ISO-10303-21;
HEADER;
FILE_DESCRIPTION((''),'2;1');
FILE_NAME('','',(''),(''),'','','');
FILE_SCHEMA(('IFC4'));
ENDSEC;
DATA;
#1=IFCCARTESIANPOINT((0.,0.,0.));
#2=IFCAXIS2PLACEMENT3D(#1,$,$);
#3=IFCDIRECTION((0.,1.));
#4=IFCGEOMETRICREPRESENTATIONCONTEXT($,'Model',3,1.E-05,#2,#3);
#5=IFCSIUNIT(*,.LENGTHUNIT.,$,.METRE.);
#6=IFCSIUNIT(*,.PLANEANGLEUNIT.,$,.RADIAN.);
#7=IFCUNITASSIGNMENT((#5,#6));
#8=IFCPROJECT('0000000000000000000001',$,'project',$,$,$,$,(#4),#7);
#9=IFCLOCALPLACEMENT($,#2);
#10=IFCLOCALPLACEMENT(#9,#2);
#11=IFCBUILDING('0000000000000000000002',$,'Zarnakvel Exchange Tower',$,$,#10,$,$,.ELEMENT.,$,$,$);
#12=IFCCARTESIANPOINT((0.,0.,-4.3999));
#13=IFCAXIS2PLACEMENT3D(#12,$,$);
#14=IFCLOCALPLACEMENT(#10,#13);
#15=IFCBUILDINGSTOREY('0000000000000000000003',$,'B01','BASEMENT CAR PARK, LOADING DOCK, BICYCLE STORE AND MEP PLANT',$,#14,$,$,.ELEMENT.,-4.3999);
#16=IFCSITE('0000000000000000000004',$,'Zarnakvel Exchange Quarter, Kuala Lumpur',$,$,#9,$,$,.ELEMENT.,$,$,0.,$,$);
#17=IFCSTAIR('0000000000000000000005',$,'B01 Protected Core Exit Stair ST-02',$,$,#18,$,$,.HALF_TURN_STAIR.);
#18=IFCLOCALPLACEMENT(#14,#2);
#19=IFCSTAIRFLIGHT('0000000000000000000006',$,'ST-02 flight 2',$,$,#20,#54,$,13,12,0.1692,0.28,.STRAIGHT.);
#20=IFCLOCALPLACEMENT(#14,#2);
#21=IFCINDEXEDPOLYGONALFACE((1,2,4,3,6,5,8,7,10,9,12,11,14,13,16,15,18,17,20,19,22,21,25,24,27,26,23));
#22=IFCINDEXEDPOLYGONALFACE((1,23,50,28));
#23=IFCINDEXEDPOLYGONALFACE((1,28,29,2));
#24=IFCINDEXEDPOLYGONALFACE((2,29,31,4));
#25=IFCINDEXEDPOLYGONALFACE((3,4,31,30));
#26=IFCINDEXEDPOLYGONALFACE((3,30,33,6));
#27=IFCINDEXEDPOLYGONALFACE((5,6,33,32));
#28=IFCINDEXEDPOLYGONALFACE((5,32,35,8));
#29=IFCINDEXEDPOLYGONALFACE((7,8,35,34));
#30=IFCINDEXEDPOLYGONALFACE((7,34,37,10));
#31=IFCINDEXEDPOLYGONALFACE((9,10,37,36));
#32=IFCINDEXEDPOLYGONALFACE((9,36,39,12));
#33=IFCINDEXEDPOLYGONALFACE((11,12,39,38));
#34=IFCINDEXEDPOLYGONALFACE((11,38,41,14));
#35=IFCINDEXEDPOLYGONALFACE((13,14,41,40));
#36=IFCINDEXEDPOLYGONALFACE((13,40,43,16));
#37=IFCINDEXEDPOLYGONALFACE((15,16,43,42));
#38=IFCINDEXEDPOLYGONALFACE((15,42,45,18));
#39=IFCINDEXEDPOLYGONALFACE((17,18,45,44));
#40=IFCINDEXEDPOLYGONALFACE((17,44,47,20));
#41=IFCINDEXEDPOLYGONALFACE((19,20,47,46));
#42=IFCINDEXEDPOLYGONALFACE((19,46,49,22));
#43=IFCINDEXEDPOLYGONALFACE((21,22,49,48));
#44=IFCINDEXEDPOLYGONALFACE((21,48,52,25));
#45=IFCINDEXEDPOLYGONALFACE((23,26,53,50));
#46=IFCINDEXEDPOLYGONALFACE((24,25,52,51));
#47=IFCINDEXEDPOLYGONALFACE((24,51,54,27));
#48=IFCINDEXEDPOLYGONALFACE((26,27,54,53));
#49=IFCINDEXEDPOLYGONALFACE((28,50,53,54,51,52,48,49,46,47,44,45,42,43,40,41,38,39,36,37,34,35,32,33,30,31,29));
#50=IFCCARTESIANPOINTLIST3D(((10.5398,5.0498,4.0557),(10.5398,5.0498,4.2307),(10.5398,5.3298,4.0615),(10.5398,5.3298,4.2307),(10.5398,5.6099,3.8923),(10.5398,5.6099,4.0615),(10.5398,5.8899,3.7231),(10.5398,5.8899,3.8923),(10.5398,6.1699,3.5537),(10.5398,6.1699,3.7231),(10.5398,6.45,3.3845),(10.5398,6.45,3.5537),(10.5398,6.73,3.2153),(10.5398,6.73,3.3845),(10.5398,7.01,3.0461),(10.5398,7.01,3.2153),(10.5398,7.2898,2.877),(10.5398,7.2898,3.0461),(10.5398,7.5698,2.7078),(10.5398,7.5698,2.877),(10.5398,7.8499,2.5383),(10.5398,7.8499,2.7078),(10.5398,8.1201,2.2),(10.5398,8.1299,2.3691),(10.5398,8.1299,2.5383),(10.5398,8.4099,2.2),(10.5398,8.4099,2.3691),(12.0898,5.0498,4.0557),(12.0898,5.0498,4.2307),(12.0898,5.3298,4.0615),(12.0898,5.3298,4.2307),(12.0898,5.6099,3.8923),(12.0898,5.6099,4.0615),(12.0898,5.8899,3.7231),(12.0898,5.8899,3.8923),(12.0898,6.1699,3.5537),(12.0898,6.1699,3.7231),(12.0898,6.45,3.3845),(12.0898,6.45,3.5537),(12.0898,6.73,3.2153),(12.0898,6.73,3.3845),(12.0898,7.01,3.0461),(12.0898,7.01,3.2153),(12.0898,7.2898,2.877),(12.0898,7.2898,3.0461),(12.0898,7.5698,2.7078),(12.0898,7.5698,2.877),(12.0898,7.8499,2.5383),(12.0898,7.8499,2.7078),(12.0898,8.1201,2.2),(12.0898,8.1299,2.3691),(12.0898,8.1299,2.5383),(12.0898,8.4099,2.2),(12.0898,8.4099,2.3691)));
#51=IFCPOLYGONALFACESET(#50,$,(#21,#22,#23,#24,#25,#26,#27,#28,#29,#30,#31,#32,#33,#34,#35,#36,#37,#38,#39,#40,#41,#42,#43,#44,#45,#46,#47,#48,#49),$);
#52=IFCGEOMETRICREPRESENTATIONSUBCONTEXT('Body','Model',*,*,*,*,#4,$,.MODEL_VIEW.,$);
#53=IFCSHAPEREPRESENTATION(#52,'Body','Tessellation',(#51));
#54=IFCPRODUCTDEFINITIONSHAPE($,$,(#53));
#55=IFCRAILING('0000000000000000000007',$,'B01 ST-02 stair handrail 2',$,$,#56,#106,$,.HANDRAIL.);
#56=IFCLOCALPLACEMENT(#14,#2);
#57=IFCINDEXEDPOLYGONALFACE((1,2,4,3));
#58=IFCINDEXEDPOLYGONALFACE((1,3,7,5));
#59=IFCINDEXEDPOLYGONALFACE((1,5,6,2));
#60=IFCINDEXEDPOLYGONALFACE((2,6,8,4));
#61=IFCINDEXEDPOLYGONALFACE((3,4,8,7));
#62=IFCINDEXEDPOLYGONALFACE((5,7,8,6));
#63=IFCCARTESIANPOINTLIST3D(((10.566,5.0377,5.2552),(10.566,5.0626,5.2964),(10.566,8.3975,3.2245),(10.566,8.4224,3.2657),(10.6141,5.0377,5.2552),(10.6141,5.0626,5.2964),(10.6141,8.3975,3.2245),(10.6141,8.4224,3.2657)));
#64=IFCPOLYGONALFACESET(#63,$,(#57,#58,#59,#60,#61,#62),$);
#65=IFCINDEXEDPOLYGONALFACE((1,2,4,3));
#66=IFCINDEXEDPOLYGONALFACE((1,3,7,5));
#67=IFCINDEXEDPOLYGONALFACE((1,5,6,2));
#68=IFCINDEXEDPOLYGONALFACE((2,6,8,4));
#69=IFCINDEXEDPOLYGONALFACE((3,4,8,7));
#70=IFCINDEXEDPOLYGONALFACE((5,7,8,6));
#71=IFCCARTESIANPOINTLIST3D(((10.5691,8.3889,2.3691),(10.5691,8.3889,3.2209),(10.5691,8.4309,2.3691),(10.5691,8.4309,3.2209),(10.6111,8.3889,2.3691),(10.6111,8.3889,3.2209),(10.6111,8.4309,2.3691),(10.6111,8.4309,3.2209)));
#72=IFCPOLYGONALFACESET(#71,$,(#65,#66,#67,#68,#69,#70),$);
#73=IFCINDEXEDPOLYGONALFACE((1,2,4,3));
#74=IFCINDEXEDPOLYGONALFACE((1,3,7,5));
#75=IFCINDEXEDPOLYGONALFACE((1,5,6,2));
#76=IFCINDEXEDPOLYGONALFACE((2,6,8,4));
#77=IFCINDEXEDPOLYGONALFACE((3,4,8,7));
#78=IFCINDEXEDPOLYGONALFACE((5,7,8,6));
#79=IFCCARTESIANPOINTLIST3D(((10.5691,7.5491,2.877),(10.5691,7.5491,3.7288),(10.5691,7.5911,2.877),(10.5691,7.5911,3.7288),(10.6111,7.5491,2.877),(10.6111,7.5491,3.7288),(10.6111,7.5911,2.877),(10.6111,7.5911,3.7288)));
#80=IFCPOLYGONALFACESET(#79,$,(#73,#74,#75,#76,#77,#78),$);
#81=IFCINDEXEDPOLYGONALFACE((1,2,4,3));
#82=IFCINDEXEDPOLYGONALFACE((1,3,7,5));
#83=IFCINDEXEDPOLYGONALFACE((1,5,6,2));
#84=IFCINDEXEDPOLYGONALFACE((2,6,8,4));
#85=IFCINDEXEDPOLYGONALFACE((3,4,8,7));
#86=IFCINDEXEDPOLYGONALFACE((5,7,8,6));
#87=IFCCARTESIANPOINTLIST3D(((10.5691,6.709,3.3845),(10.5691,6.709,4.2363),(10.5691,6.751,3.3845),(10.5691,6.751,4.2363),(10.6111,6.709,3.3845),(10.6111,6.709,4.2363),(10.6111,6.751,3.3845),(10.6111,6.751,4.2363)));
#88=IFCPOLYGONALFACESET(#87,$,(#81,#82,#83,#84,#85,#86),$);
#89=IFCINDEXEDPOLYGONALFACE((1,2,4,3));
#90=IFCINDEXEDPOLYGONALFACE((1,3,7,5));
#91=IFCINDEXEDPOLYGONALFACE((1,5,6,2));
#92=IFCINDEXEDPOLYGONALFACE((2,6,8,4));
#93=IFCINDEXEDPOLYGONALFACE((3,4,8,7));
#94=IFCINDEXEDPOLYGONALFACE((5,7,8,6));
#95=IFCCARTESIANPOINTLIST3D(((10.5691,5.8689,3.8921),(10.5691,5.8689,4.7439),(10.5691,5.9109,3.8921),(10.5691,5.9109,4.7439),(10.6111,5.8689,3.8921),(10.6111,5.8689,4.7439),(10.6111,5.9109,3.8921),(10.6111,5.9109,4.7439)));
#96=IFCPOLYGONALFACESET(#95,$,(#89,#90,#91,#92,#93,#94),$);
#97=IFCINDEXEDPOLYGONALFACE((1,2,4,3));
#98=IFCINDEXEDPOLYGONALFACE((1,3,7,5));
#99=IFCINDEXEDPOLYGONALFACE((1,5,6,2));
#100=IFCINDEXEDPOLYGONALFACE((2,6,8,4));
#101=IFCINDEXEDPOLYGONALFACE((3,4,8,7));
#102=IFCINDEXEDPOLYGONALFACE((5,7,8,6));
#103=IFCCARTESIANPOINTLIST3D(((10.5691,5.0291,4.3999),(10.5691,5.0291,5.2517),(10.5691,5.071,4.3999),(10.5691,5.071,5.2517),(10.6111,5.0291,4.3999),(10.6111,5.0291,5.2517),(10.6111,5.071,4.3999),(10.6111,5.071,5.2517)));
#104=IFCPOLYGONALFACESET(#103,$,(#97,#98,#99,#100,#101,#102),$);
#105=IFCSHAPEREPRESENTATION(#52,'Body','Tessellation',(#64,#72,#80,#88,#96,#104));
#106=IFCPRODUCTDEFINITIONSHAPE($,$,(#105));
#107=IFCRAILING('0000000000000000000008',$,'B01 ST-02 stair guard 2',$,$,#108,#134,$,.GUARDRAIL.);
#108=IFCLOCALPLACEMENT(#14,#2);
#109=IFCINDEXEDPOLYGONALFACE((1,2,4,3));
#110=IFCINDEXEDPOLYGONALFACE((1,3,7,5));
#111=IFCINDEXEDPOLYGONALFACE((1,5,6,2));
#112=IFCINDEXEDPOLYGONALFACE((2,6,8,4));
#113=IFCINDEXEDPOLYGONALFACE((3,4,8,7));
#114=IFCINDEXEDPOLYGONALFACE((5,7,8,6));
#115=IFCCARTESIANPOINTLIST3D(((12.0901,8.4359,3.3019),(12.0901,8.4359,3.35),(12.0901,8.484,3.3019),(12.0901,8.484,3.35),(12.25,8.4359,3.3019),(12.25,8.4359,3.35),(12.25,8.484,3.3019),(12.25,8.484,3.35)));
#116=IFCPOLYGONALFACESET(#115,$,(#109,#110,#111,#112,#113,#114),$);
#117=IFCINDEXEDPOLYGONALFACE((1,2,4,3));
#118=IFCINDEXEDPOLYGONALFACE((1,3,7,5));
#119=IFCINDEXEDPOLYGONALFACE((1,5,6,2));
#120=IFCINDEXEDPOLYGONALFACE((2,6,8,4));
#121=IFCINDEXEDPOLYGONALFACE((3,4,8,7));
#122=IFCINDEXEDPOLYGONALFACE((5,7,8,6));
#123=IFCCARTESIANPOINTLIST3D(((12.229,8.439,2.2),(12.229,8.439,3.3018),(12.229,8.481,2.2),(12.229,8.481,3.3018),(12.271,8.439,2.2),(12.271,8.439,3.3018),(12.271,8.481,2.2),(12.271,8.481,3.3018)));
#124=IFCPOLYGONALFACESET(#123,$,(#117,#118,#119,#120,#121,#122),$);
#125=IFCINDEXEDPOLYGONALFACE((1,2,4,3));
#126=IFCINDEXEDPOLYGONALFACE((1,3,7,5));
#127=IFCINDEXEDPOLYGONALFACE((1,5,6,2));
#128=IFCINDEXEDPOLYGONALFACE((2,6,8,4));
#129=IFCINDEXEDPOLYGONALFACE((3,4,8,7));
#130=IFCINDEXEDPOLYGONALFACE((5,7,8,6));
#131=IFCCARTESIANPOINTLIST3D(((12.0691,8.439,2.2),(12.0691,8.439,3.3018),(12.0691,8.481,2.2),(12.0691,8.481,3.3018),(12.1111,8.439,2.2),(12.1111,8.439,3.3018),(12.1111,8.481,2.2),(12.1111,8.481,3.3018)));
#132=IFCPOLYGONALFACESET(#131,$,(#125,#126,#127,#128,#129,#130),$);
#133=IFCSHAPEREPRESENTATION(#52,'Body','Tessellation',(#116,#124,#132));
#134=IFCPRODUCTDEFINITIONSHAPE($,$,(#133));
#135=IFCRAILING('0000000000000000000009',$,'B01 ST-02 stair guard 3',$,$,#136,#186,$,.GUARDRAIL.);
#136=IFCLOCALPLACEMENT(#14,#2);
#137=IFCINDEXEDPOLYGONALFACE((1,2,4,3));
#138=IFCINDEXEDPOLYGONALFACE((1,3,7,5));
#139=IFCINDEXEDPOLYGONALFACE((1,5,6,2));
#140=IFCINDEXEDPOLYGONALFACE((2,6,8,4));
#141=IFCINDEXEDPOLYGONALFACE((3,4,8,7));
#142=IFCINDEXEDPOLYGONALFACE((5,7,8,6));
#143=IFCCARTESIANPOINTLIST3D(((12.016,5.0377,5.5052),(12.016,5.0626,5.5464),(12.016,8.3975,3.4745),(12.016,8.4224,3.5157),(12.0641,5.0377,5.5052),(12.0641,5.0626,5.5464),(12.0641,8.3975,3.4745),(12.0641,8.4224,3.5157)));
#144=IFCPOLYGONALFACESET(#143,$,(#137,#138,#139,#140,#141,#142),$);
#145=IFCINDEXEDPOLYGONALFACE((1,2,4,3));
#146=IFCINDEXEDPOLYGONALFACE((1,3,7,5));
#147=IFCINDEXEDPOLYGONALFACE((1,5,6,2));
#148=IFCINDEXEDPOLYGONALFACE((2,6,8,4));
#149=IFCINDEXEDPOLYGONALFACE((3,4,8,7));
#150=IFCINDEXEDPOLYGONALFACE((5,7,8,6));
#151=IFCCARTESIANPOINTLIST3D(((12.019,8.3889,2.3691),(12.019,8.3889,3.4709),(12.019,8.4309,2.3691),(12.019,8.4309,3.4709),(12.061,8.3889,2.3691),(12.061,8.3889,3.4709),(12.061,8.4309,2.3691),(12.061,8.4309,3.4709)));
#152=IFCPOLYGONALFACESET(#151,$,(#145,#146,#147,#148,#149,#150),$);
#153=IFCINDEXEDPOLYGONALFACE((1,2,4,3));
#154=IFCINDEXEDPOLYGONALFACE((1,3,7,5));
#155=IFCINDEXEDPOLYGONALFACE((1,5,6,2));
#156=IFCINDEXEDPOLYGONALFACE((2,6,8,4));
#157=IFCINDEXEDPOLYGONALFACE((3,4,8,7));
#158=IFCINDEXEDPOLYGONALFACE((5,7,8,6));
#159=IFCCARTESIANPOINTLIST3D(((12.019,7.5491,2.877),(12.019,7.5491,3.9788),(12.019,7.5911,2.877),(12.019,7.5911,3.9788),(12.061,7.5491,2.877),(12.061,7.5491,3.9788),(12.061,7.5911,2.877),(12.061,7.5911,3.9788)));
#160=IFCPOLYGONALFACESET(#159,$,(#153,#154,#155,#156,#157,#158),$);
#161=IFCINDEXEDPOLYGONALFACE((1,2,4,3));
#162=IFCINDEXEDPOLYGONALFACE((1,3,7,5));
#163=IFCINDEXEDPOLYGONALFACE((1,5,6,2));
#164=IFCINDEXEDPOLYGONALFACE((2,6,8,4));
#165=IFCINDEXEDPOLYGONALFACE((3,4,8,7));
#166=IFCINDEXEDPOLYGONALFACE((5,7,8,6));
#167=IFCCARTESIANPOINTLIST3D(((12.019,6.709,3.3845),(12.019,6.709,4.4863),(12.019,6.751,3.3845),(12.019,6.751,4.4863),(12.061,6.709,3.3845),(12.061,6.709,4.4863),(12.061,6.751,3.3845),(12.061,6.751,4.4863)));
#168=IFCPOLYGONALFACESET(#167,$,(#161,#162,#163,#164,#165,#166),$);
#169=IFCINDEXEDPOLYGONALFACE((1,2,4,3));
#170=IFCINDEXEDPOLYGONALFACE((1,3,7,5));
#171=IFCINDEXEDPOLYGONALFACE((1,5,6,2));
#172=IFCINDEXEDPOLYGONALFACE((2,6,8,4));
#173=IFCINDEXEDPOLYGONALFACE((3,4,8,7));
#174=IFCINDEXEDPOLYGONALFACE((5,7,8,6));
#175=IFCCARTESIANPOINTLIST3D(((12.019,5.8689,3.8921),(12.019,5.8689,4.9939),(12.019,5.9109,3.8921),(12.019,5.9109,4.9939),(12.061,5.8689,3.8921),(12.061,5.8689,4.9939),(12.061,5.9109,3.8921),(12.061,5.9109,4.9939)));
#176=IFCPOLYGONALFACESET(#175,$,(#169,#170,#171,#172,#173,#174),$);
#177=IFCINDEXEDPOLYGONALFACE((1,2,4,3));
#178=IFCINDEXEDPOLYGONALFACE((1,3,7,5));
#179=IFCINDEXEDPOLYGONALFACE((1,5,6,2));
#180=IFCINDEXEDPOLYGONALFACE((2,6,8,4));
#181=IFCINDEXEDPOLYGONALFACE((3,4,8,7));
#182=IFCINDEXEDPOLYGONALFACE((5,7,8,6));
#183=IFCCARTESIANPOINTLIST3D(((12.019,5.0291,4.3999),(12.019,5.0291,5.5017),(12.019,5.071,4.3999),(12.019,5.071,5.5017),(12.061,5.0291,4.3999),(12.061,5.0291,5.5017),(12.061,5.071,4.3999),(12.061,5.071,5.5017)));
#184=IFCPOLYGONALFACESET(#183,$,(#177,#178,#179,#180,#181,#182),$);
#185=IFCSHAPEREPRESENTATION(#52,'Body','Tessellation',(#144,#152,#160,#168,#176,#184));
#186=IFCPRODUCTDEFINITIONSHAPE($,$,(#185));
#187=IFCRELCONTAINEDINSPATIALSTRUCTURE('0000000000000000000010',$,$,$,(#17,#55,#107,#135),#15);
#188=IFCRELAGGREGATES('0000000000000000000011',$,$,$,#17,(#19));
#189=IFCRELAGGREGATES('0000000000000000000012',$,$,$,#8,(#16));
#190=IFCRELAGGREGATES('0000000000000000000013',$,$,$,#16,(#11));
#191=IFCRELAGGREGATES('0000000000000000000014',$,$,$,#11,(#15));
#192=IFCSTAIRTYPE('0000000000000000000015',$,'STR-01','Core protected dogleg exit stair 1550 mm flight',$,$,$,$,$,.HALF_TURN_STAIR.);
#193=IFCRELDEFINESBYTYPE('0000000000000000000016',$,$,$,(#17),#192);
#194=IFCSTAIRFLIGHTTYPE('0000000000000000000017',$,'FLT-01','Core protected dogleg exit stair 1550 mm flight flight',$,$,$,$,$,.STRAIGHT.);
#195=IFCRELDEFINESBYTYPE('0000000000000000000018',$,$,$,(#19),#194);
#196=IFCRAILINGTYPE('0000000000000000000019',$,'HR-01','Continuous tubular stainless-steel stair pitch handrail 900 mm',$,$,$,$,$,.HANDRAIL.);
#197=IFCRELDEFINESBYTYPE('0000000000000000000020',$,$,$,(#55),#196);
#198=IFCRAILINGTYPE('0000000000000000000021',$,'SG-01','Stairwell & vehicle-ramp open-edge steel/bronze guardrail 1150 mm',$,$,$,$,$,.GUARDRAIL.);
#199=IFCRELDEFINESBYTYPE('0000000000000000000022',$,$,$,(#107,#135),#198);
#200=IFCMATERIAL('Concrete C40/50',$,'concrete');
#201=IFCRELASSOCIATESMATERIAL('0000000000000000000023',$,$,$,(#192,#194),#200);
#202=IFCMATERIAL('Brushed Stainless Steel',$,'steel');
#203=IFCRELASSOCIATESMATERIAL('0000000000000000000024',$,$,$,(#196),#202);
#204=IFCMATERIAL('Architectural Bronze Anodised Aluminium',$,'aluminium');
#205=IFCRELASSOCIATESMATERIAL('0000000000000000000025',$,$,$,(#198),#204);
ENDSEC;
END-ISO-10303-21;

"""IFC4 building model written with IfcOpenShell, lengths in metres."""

from ifc_helpers import new_model, si_unit, direction, frame, origin, origin_2d, place, context, subcontext, project, spatial, polyline, rectangle, outline, extrude, material, type_object, element, aggregate, save


model = new_model("IFC4")

# Units and contexts
model_context = context("Model", 3, precision=1e-05, world=origin(), true_north=direction((0.0, 1.0)))
body_context = subcontext(model_context, "Body", "Model", "MODEL_VIEW")
ifc_project = project(units=[si_unit("LENGTHUNIT", "METRE"), si_unit("PLANEANGLEUNIT", "RADIAN")], contexts=[model_context])

# Site, building, storey
site_placement = place(None, origin())
site = spatial("IfcSite", under=ifc_project, at=site_placement, Name="Zarnakvel Exchange Quarter, Kuala Lumpur", CompositionType="ELEMENT", RefElevation=0.0)
building_placement = place(site_placement, origin())
building = spatial("IfcBuilding", under=site, at=building_placement, Name="Zarnakvel Exchange Tower", CompositionType="ELEMENT")
storey_placement = place(building_placement, frame((0.0, 0.0, -4.3999)))
storey = spatial("IfcBuildingStorey", under=building, at=storey_placement, Name="B01", Description="BASEMENT CAR PARK, LOADING DOCK, BICYCLE STORE AND MEP PLANT", CompositionType="ELEMENT", Elevation=-4.3999)

# Shared definitions
ifc_material_1 = material(Name="Concrete C40/50", Category="concrete")
ifc_material_2 = material(Name="Architectural Bronze Anodised Aluminium", Category="aluminium")

# Stair, stair flight
stair_type = type_object("IfcStairType", Name="STR-01", Description="Core protected dogleg exit stair 1550 mm flight", PredefinedType="HALF_TURN_STAIR", material=ifc_material_1)
stair_placement = place(storey_placement, origin())
stair = element("IfcStair", 1, at=stair_placement, inside=storey, type_object=stair_type, Name="B01 Protected Core Exit Stair ST-02", PredefinedType="HALF_TURN_STAIR")
stair_flight_type = type_object("IfcStairFlightType", Name="FLT-01", Description="Core protected dogleg exit stair 1550 mm flight flight", PredefinedType="STRAIGHT", material=ifc_material_1)
stair_flight_placement = place(storey_placement, frame((11.3149, 8.4099, 2.2), z_axis=(0.0, 0.0, 1.0), x_axis=(0.0, -1.0, 0.0)))
stair_flight = element("IfcStairFlight", 2, at=stair_flight_placement, type_object=stair_flight_type, Name="ST-02 flight 2", NumberOfRisers=13, NumberOfTreads=12, PredefinedType="STRAIGHT", RiserHeight=0.1692, TreadLength=0.28, context=body_context, shape_type="SweptSolid", body=[
    extrude(outline(polyline([(0.0, 0.0), (0.0, 0.1692), (0.28, 0.1692), (0.28, 0.3384), (0.5601, 0.3384), (0.5601, 0.5078), (0.8401, 0.5078), (0.8401, 0.677), (1.1201, 0.677), (1.1201, 0.8462), (1.3999, 0.8462), (1.3999, 1.0154), (1.6799, 1.0154), (1.6799, 1.1846), (1.96, 1.1846), (1.96, 1.3538), (2.24, 1.3538), (2.24, 1.5232), (2.52, 1.5232), (2.52, 1.6924), (2.8, 1.6924), (2.8, 1.8616), (3.0801, 1.8616), (3.0801, 2.0308), (3.3601, 2.0308), (3.3601, 2.2), (3.3601, 1.8557), (0.2898, 0.0), (0.0, 0.0)])), frame((0.0, 0.7749, 0.0), z_axis=(0.0, -1.0, 0.0), x_axis=(1.0, 0.0, 0.0)), (0.0, 0.0, 1.0), 1.55),
])
aggregate(stair, [stair_flight])

# Railings
ifc_material_3 = material(Name="Brushed Stainless Steel", Category="steel")
railing_type_1 = type_object("IfcRailingType", Name="HR-01", Description="Continuous tubular stainless-steel stair pitch handrail 900 mm", PredefinedType="HANDRAIL", material=ifc_material_3)
railing_1_placement = place(storey_placement, frame((10.5901, 8.4099, 2.3691)))
element("IfcRailing", 3, at=railing_1_placement, inside=storey, type_object=railing_type_1, Name="B01 ST-02 stair handrail 2", PredefinedType="HANDRAIL", context=body_context, shape_type="SweptSolid", body=[
    extrude(rectangle(XDim=0.0481, YDim=0.0481, at=origin_2d()), frame((0.0, 0.0, 0.876), z_axis=(0.0, -0.85582, 0.517273), x_axis=(1.0, 0.0, 0.0)), (0.0, 0.0, 1.0), 3.9258),
    extrude(rectangle(XDim=0.042, YDim=0.042, at=origin_2d()), origin(), (0.0, 0.0, 1.0), 0.8518),
    extrude(rectangle(XDim=0.042, YDim=0.042, at=origin_2d()), frame((0.0, -0.8398, 0.5078)), (0.0, 0.0, 1.0), 0.8518),
    extrude(rectangle(XDim=0.042, YDim=0.042, at=origin_2d()), frame((0.0, -1.6799, 1.0154)), (0.0, 0.0, 1.0), 0.8518),
    extrude(rectangle(XDim=0.042, YDim=0.042, at=origin_2d()), frame((0.0, -2.52, 1.5229)), (0.0, 0.0, 1.0), 0.8518),
    extrude(rectangle(XDim=0.042, YDim=0.042, at=origin_2d()), frame((0.0, -3.3599, 2.0308)), (0.0, 0.0, 1.0), 0.8518),
])
railing_type_2 = type_object("IfcRailingType", Name="SG-01", Description="Stairwell & vehicle-ramp open-edge steel/bronze guardrail 1150 mm", PredefinedType="GUARDRAIL", material=ifc_material_2)
railing_2_placement = place(storey_placement, frame((12.25, 8.46, 2.2)))
element("IfcRailing", 4, at=railing_2_placement, inside=storey, type_object=railing_type_2, Name="B01 ST-02 stair guard 2", PredefinedType="GUARDRAIL", context=body_context, shape_type="SweptSolid", body=[
    extrude(rectangle(XDim=0.0481, YDim=0.0481, at=origin_2d()), frame((0.0, 0.0, 1.126), z_axis=(-1.0, 0.0, 0.0), x_axis=(0.0, -1.0, 0.0)), (0.0, 0.0, 1.0), 0.1599),
    extrude(rectangle(XDim=0.042, YDim=0.042, at=origin_2d()), origin(), (0.0, 0.0, 1.0), 1.1018),
    extrude(rectangle(XDim=0.042, YDim=0.042, at=origin_2d()), frame((-0.1599, 0.0, 0.0)), (0.0, 0.0, 1.0), 1.1018),
])
railing_3_placement = place(storey_placement, frame((12.04, 8.4099, 2.3691)))
element("IfcRailing", 5, at=railing_3_placement, inside=storey, type_object=railing_type_2, Name="B01 ST-02 stair guard 3", PredefinedType="GUARDRAIL", context=body_context, shape_type="SweptSolid", body=[
    extrude(rectangle(XDim=0.0481, YDim=0.0481, at=origin_2d()), frame((0.0, 0.0, 1.126), z_axis=(0.0, -0.85582, 0.517273), x_axis=(1.0, 0.0, 0.0)), (0.0, 0.0, 1.0), 3.9258),
    extrude(rectangle(XDim=0.042, YDim=0.042, at=origin_2d()), origin(), (0.0, 0.0, 1.0), 1.1018),
    extrude(rectangle(XDim=0.042, YDim=0.042, at=origin_2d()), frame((0.0, -0.8398, 0.5078)), (0.0, 0.0, 1.0), 1.1018),
    extrude(rectangle(XDim=0.042, YDim=0.042, at=origin_2d()), frame((0.0, -1.6799, 1.0154)), (0.0, 0.0, 1.0), 1.1018),
    extrude(rectangle(XDim=0.042, YDim=0.042, at=origin_2d()), frame((0.0, -2.52, 1.5229)), (0.0, 0.0, 1.0), 1.1018),
    extrude(rectangle(XDim=0.042, YDim=0.042, at=origin_2d()), frame((0.0, -3.3599, 2.0308)), (0.0, 0.0, 1.0), 1.1018),
])

save(model, "model.ifc")
